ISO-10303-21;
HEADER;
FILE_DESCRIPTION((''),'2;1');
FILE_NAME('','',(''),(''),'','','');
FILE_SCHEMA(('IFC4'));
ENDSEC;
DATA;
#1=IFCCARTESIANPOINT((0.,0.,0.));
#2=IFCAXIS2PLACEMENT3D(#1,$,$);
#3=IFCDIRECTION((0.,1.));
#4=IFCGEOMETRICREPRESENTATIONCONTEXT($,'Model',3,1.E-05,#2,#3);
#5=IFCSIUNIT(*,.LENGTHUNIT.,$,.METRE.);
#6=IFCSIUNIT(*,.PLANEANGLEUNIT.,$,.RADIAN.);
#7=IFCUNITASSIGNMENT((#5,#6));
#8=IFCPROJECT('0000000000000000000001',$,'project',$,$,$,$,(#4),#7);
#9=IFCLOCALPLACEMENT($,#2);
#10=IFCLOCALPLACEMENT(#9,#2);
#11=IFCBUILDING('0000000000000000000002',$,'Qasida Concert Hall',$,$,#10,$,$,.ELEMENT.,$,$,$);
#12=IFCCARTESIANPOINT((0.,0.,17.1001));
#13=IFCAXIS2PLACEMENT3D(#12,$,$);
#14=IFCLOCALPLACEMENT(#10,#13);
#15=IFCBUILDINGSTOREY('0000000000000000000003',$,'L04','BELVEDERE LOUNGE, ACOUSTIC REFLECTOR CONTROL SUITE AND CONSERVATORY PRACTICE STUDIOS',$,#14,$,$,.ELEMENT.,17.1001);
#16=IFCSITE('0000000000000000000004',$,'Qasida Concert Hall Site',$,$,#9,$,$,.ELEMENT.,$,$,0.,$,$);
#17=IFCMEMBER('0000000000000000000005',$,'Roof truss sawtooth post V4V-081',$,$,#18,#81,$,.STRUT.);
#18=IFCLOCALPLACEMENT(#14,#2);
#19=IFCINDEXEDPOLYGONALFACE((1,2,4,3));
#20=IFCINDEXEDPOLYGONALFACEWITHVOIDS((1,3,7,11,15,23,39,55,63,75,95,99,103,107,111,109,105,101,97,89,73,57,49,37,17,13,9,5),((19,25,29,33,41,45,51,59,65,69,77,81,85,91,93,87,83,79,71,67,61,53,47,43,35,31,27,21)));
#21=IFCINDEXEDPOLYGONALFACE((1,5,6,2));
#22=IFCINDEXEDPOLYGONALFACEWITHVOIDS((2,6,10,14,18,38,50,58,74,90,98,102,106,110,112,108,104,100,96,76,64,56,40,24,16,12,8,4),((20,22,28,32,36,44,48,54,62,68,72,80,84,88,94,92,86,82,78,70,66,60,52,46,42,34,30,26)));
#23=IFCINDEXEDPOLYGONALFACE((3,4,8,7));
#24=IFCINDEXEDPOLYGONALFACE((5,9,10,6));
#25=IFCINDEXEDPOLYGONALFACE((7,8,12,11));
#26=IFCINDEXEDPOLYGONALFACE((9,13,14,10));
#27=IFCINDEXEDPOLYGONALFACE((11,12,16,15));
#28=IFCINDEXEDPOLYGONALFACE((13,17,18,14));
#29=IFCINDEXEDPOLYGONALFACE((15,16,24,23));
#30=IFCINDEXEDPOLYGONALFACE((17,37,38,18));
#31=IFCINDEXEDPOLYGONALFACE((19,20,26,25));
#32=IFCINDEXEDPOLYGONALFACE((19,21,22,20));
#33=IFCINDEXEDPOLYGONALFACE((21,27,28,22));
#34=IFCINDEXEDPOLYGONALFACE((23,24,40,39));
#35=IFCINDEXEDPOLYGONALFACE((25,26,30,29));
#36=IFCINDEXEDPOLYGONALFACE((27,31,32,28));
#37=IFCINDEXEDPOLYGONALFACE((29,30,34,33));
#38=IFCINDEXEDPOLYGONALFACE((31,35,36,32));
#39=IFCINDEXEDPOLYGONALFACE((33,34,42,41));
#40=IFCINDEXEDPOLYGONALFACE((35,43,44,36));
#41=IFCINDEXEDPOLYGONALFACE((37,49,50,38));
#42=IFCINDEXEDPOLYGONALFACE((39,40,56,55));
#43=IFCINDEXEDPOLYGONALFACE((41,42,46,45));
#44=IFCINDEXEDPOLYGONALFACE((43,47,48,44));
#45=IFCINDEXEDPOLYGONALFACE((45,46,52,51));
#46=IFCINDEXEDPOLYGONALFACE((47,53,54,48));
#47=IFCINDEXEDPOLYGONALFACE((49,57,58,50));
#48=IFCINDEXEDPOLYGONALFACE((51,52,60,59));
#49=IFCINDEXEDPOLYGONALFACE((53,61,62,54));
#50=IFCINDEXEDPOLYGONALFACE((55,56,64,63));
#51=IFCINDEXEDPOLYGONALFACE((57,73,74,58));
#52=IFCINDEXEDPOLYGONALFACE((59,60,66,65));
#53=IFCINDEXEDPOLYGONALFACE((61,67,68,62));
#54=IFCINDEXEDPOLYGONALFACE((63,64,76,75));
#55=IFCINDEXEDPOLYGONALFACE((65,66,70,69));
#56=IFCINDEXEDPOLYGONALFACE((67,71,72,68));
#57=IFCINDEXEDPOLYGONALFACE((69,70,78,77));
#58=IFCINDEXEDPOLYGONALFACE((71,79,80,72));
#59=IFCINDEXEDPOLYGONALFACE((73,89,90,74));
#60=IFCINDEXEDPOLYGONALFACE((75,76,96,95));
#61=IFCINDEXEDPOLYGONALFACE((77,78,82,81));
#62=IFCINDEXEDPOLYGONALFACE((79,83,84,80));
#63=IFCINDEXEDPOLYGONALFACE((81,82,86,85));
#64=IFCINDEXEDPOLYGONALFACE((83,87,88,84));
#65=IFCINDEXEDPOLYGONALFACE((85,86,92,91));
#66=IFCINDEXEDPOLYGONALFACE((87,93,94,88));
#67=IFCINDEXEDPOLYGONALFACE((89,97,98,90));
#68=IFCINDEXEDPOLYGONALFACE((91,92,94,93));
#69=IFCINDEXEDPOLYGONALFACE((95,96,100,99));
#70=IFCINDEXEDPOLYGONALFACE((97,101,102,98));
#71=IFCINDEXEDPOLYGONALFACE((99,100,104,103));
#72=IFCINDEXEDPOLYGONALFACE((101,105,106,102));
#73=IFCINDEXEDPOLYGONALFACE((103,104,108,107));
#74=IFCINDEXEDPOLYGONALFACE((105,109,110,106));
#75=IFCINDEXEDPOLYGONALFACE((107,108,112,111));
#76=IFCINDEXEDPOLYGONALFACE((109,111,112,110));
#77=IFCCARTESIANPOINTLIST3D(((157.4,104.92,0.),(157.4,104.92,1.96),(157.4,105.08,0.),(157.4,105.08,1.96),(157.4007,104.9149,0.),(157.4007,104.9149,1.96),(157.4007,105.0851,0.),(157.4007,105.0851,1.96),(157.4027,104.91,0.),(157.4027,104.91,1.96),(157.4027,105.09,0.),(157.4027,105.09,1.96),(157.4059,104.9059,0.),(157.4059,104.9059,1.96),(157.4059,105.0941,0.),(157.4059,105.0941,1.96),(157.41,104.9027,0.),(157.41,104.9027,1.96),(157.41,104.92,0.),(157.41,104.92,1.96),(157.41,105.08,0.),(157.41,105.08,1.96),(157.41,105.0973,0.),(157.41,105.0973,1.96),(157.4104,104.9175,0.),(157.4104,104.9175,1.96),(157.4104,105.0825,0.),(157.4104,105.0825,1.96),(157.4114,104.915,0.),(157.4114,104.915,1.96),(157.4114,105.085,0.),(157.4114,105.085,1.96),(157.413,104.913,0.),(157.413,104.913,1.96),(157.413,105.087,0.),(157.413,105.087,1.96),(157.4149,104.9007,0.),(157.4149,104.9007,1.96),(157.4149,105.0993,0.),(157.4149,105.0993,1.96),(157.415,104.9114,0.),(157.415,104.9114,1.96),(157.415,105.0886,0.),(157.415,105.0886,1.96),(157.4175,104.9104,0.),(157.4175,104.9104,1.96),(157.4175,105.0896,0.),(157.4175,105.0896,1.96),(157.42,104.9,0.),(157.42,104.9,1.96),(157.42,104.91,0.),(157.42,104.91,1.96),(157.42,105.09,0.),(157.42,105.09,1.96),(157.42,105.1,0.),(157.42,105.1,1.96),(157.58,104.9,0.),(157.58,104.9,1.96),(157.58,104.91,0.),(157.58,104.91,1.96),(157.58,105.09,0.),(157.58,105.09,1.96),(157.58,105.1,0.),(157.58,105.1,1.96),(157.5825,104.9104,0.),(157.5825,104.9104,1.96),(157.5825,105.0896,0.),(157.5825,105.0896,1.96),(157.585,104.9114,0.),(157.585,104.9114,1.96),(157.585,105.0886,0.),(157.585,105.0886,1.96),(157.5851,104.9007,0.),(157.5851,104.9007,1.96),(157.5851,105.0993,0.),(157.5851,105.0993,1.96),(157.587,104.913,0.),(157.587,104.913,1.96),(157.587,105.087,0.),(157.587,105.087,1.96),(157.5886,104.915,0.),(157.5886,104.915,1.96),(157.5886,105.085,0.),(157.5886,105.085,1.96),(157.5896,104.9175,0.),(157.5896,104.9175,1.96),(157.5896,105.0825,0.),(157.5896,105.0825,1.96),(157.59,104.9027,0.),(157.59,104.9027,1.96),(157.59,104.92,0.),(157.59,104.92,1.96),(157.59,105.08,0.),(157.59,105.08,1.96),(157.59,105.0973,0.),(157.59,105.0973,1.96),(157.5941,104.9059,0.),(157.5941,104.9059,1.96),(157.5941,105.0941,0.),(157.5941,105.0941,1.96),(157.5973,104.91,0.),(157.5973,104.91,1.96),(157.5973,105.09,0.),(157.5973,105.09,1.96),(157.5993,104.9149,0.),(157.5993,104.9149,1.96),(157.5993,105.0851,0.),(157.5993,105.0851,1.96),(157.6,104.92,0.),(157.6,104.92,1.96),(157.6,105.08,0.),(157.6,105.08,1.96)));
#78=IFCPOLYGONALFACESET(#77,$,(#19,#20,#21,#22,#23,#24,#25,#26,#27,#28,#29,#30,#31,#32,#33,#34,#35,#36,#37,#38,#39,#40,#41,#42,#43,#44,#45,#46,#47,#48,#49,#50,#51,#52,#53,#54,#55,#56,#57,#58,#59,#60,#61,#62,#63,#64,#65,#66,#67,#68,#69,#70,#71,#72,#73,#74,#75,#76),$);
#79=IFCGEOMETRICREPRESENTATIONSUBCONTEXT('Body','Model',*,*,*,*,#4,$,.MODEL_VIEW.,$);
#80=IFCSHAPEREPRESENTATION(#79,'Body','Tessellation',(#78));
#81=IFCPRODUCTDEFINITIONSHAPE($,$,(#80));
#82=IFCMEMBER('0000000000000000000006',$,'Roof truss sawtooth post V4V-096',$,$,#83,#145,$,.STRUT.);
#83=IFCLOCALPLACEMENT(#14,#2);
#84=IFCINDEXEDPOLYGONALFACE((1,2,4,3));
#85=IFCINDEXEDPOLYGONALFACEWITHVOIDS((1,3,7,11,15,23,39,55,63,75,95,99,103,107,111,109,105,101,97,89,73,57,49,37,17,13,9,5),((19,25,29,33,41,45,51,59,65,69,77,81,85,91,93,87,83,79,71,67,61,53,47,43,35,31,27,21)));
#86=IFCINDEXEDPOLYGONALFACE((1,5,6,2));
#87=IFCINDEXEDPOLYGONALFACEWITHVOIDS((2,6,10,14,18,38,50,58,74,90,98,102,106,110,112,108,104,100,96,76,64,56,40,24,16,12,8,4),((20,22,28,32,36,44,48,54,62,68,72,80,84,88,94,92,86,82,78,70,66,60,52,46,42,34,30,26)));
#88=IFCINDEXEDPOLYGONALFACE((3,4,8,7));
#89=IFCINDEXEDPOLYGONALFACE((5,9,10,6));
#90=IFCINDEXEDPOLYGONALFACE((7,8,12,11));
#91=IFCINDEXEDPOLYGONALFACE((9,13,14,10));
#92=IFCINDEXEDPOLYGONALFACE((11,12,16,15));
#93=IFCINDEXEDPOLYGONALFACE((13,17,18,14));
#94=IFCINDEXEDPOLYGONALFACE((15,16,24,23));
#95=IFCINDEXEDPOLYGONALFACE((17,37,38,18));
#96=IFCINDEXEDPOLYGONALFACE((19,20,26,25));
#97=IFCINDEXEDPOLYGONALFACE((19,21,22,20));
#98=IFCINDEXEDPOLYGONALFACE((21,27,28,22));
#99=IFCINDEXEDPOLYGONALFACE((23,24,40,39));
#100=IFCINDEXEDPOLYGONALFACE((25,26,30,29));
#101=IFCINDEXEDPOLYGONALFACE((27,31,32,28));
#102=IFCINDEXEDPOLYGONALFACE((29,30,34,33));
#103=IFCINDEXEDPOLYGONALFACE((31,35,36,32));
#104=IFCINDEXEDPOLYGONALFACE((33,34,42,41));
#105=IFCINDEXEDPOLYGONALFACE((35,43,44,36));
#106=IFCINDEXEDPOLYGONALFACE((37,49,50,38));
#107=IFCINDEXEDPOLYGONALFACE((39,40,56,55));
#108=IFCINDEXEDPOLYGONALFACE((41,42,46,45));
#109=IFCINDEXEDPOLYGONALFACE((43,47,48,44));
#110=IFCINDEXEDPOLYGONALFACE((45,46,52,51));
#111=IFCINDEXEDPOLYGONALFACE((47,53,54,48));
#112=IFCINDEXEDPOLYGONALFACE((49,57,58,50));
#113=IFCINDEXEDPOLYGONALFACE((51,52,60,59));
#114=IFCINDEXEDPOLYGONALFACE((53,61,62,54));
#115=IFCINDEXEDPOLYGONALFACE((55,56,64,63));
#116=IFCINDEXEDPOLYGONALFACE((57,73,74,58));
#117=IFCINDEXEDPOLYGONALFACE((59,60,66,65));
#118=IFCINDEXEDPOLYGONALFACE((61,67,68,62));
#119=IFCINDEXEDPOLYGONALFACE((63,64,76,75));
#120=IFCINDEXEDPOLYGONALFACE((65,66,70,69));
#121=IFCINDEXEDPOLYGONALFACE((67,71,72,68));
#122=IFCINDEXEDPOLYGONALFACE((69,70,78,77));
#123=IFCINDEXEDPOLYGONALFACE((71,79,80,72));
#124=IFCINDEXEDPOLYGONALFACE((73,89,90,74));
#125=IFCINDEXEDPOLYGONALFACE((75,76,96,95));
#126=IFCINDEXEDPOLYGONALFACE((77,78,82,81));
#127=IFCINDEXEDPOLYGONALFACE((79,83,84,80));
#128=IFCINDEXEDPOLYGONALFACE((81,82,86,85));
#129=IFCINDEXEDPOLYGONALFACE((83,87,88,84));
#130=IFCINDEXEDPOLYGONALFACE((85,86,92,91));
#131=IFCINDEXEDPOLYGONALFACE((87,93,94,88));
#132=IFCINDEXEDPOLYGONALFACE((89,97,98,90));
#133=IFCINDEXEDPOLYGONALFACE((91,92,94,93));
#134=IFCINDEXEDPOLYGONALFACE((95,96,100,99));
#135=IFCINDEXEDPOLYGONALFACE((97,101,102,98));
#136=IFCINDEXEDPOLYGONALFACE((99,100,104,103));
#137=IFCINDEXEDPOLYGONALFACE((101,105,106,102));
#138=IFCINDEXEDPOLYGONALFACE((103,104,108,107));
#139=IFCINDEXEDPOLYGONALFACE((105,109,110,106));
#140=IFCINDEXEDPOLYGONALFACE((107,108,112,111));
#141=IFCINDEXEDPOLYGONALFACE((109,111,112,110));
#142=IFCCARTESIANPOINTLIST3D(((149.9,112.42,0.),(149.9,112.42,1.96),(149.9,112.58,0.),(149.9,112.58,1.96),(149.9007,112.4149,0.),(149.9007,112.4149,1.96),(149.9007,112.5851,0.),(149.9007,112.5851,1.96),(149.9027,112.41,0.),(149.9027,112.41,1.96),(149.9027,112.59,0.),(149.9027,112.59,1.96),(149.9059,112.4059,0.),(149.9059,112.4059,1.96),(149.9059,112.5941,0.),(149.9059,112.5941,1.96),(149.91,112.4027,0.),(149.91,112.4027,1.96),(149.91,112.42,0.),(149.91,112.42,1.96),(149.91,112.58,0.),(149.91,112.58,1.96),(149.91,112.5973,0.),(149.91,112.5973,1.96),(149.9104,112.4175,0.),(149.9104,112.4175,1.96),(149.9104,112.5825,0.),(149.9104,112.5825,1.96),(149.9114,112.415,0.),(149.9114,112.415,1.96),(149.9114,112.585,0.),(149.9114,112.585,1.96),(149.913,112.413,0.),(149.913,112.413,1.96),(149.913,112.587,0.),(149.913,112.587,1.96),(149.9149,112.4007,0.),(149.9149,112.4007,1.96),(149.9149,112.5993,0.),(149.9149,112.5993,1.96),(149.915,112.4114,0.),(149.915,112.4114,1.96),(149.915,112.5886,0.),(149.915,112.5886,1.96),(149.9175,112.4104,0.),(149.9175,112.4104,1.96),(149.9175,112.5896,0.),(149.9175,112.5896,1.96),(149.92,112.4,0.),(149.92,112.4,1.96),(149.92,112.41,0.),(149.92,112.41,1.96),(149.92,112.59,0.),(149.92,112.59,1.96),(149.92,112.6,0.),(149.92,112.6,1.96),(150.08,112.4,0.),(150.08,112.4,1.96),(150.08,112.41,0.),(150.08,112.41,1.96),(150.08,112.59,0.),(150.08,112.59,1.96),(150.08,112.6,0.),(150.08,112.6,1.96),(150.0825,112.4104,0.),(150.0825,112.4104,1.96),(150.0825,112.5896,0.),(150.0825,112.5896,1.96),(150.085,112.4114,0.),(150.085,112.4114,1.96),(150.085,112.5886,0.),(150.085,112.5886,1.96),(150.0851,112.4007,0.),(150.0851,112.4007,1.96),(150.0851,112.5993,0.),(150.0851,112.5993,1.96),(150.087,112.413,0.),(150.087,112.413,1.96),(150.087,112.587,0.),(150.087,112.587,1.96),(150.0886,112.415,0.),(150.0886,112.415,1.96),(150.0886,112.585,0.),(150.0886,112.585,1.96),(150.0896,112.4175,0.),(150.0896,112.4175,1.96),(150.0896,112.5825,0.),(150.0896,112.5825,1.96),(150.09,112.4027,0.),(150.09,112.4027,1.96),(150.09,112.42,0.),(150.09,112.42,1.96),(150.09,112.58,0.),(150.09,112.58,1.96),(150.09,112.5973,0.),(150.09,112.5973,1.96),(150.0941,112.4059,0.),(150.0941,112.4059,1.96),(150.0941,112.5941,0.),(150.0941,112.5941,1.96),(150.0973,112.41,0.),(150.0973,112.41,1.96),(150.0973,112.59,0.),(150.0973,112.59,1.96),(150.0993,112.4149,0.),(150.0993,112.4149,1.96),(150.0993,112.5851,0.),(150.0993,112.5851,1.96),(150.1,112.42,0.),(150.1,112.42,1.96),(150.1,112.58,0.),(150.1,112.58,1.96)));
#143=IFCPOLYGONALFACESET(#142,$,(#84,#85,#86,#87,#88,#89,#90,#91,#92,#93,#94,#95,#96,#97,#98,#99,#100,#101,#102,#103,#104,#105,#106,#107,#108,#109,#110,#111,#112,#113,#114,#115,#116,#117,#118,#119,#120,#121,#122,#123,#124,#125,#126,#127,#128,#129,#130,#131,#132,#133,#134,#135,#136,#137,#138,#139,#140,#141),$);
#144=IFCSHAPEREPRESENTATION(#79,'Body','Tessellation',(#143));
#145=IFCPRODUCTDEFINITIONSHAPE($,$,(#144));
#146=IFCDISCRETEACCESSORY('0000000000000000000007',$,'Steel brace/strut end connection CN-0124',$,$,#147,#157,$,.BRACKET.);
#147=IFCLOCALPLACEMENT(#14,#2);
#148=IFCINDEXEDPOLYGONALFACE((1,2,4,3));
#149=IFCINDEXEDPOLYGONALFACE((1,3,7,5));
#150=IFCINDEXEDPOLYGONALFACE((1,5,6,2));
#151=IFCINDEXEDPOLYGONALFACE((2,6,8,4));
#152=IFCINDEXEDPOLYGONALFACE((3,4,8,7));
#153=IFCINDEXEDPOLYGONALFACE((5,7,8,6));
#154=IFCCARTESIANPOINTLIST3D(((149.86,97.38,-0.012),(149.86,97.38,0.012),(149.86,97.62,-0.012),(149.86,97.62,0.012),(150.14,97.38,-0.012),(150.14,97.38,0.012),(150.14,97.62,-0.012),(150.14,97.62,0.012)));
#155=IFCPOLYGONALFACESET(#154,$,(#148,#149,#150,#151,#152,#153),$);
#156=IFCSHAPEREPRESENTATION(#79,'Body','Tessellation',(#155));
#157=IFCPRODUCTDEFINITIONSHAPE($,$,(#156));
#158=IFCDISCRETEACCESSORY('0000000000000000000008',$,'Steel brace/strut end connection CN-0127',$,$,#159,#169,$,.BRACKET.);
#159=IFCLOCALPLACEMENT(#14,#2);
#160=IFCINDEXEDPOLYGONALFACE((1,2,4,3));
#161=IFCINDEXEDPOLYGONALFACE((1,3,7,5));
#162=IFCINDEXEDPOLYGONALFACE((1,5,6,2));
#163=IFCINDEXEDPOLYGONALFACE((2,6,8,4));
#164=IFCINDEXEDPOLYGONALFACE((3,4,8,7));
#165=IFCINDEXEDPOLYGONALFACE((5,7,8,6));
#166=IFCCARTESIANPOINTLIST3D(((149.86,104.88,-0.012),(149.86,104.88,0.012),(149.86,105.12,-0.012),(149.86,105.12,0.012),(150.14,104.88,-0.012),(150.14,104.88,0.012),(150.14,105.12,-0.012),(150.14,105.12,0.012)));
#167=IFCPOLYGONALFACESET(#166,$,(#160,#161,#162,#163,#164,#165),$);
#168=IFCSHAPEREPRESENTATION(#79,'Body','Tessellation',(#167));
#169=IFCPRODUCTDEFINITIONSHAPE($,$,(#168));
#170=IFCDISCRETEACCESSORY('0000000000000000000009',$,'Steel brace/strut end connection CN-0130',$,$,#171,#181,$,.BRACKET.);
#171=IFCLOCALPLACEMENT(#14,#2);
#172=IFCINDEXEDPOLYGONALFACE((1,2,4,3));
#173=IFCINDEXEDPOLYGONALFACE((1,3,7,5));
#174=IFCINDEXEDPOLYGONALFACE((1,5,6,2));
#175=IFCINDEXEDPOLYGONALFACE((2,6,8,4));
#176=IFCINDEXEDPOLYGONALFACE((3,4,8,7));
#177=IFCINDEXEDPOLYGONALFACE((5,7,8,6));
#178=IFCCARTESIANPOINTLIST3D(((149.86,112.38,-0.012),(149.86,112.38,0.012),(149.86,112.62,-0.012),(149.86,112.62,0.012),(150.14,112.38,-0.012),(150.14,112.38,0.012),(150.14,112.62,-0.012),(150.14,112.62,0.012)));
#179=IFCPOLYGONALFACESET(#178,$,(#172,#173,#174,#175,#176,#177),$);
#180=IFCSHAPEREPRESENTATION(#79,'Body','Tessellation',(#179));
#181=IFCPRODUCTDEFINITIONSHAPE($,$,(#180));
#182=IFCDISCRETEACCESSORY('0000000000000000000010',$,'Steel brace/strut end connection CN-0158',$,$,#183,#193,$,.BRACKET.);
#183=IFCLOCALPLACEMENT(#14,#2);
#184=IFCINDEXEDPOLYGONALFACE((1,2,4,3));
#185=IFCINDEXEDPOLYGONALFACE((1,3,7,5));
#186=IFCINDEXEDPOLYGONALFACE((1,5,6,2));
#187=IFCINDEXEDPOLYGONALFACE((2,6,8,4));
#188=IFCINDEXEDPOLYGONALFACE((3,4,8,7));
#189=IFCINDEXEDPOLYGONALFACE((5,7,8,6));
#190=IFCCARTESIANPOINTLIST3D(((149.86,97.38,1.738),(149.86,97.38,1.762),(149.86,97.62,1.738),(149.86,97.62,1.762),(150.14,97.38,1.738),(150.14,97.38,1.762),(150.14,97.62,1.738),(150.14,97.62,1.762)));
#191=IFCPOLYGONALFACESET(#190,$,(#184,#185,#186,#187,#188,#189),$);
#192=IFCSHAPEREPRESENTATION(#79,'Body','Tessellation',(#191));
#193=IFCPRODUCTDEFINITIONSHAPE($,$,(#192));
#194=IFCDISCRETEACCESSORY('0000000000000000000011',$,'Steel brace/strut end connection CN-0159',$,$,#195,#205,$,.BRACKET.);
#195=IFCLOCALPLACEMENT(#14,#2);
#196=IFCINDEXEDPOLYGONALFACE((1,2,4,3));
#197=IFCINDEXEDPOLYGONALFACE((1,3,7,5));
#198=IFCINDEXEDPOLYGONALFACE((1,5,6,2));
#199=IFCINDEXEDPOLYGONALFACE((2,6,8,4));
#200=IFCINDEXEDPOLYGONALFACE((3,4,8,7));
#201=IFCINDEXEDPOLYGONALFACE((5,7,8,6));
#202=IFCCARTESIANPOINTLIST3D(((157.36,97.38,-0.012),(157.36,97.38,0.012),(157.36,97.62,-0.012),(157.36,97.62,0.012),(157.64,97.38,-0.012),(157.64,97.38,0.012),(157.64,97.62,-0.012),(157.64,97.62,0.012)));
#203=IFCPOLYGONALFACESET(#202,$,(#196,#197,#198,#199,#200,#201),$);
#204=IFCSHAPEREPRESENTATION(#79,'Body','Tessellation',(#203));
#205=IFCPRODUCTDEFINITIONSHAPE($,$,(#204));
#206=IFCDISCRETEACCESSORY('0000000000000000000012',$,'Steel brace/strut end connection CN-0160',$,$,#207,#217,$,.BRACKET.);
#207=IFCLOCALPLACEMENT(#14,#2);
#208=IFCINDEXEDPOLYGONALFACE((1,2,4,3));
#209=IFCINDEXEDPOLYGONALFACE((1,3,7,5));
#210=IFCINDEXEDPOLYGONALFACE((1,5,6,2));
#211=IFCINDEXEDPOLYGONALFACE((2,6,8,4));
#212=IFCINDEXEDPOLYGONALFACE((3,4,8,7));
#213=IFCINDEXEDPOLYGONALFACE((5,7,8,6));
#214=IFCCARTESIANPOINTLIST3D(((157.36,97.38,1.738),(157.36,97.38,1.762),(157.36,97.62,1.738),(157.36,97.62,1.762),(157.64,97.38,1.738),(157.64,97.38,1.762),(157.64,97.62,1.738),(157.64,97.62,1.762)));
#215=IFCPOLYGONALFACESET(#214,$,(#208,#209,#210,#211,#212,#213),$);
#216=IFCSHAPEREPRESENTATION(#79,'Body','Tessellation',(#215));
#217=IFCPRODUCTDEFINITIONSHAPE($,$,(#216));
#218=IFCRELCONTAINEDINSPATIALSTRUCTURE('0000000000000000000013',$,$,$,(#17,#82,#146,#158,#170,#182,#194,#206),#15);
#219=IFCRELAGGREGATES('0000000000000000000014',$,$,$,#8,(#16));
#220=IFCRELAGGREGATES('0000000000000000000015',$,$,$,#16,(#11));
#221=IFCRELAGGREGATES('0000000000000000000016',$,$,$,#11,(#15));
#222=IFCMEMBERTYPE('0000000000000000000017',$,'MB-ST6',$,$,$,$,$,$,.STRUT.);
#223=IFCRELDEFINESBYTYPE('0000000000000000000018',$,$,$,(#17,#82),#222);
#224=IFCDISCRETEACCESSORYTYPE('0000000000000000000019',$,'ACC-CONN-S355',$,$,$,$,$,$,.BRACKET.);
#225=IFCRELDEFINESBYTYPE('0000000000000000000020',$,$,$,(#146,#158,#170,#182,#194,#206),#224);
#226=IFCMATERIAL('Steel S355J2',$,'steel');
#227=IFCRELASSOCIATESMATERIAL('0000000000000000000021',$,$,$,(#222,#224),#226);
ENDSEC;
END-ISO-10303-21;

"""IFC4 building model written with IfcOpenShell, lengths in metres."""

from ifc_helpers import new_model, si_unit, direction, frame, origin, origin_2d, place, context, subcontext, project, spatial, rectangle, hollow_rectangle, extrude, material, material_profile, profile_set, type_object, element, save


model = new_model("IFC4")

# Units and contexts
model_context = context("Model", 3, precision=1e-05, world=origin(), true_north=direction((0.0, 1.0)))
body_context = subcontext(model_context, "Body", "Model", "MODEL_VIEW")
ifc_project = project(units=[si_unit("LENGTHUNIT", "METRE"), si_unit("PLANEANGLEUNIT", "RADIAN")], contexts=[model_context])

# Site, building, storey
site_placement = place(None, origin())
site = spatial("IfcSite", under=ifc_project, at=site_placement, Name="Qasida Concert Hall Site", CompositionType="ELEMENT", RefElevation=0.0)
building_placement = place(site_placement, origin())
building = spatial("IfcBuilding", under=site, at=building_placement, Name="Qasida Concert Hall", CompositionType="ELEMENT")
storey_placement = place(building_placement, frame((0.0, 0.0, 17.1001)))
storey = spatial("IfcBuildingStorey", under=building, at=storey_placement, Name="L04", Description="BELVEDERE LOUNGE, ACOUSTIC REFLECTOR CONTROL SUITE AND CONSERVATORY PRACTICE STUDIOS", CompositionType="ELEMENT", Elevation=17.1001)

# Members
ifc_material = material(Name="Steel S355J2", Category="steel")
ifc_material_profile_1 = material_profile(ifc_material, hollow_rectangle(XDim=0.2, YDim=0.2, WallThickness=0.01, InnerFilletRadius=0.01, OuterFilletRadius=0.02, at=origin_2d()), Name="SHS 200x200x10")
ifc_profile_set_1 = profile_set([ifc_material_profile_1], Name="Steel S355J2")
member_type_1 = type_object("IfcMemberType", Name="MB-ST6", PredefinedType="STRUT", material=ifc_profile_set_1)
for number, where, z_axis, x_axis, name in (
    (1, (157.5, 105.0, 0.0), (0.0, 0.0, 1.0), (1.0, 0.0, 0.0), "Roof truss sawtooth post V4V-081"),
    (2, (150.0, 112.5, 0.0), (0.0, 0.0, 1.0), (1.0, 0.0, 0.0), "Roof truss sawtooth post V4V-096"),
):
    element("IfcMember", number, at=place(storey_placement, frame(where, z_axis=z_axis, x_axis=x_axis)), inside=storey, type_object=member_type_1, Name=name, PredefinedType="STRUT", context=body_context, shape_type="SweptSolid", body=[
        extrude(hollow_rectangle(XDim=0.2, YDim=0.2, WallThickness=0.01, InnerFilletRadius=0.01, OuterFilletRadius=0.02, at=origin_2d()), origin(), (0.0, 0.0, 1.0), 1.96),
    ])

# Discrete accessories
discrete_accessory_type = type_object("IfcDiscreteAccessoryType", Name="ACC-CONN-S355", PredefinedType="BRACKET", material=ifc_material)
for number, where, z_axis, x_axis, name in (
    (3, (150.0, 97.5, -0.012), (0.0, 0.0, 1.0), (1.0, 0.0, 0.0), "Steel brace/strut end connection CN-0124"),
    (4, (150.0, 105.0, -0.012), (0.0, 0.0, 1.0), (1.0, 0.0, 0.0), "Steel brace/strut end connection CN-0127"),
    (5, (150.0, 112.5, -0.012), (0.0, 0.0, 1.0), (1.0, 0.0, 0.0), "Steel brace/strut end connection CN-0130"),
    (6, (150.0, 97.5, 1.738), (0.0, 0.0, 1.0), (1.0, 0.0, 0.0), "Steel brace/strut end connection CN-0158"),
    (7, (157.5, 97.5, -0.012), (0.0, 0.0, 1.0), (1.0, 0.0, 0.0), "Steel brace/strut end connection CN-0159"),
    (8, (157.5, 97.5, 1.738), (0.0, 0.0, 1.0), (1.0, 0.0, 0.0), "Steel brace/strut end connection CN-0160"),
):
    element("IfcDiscreteAccessory", number, at=place(storey_placement, frame(where, z_axis=z_axis, x_axis=x_axis)), inside=storey, type_object=discrete_accessory_type, Name=name, PredefinedType="BRACKET", context=body_context, shape_type="SweptSolid", body=[
        extrude(rectangle(XDim=0.28, YDim=0.24, at=origin_2d()), origin(), (0.0, 0.0, 1.0), 0.0239),
    ])

save(model, "model.ifc")
